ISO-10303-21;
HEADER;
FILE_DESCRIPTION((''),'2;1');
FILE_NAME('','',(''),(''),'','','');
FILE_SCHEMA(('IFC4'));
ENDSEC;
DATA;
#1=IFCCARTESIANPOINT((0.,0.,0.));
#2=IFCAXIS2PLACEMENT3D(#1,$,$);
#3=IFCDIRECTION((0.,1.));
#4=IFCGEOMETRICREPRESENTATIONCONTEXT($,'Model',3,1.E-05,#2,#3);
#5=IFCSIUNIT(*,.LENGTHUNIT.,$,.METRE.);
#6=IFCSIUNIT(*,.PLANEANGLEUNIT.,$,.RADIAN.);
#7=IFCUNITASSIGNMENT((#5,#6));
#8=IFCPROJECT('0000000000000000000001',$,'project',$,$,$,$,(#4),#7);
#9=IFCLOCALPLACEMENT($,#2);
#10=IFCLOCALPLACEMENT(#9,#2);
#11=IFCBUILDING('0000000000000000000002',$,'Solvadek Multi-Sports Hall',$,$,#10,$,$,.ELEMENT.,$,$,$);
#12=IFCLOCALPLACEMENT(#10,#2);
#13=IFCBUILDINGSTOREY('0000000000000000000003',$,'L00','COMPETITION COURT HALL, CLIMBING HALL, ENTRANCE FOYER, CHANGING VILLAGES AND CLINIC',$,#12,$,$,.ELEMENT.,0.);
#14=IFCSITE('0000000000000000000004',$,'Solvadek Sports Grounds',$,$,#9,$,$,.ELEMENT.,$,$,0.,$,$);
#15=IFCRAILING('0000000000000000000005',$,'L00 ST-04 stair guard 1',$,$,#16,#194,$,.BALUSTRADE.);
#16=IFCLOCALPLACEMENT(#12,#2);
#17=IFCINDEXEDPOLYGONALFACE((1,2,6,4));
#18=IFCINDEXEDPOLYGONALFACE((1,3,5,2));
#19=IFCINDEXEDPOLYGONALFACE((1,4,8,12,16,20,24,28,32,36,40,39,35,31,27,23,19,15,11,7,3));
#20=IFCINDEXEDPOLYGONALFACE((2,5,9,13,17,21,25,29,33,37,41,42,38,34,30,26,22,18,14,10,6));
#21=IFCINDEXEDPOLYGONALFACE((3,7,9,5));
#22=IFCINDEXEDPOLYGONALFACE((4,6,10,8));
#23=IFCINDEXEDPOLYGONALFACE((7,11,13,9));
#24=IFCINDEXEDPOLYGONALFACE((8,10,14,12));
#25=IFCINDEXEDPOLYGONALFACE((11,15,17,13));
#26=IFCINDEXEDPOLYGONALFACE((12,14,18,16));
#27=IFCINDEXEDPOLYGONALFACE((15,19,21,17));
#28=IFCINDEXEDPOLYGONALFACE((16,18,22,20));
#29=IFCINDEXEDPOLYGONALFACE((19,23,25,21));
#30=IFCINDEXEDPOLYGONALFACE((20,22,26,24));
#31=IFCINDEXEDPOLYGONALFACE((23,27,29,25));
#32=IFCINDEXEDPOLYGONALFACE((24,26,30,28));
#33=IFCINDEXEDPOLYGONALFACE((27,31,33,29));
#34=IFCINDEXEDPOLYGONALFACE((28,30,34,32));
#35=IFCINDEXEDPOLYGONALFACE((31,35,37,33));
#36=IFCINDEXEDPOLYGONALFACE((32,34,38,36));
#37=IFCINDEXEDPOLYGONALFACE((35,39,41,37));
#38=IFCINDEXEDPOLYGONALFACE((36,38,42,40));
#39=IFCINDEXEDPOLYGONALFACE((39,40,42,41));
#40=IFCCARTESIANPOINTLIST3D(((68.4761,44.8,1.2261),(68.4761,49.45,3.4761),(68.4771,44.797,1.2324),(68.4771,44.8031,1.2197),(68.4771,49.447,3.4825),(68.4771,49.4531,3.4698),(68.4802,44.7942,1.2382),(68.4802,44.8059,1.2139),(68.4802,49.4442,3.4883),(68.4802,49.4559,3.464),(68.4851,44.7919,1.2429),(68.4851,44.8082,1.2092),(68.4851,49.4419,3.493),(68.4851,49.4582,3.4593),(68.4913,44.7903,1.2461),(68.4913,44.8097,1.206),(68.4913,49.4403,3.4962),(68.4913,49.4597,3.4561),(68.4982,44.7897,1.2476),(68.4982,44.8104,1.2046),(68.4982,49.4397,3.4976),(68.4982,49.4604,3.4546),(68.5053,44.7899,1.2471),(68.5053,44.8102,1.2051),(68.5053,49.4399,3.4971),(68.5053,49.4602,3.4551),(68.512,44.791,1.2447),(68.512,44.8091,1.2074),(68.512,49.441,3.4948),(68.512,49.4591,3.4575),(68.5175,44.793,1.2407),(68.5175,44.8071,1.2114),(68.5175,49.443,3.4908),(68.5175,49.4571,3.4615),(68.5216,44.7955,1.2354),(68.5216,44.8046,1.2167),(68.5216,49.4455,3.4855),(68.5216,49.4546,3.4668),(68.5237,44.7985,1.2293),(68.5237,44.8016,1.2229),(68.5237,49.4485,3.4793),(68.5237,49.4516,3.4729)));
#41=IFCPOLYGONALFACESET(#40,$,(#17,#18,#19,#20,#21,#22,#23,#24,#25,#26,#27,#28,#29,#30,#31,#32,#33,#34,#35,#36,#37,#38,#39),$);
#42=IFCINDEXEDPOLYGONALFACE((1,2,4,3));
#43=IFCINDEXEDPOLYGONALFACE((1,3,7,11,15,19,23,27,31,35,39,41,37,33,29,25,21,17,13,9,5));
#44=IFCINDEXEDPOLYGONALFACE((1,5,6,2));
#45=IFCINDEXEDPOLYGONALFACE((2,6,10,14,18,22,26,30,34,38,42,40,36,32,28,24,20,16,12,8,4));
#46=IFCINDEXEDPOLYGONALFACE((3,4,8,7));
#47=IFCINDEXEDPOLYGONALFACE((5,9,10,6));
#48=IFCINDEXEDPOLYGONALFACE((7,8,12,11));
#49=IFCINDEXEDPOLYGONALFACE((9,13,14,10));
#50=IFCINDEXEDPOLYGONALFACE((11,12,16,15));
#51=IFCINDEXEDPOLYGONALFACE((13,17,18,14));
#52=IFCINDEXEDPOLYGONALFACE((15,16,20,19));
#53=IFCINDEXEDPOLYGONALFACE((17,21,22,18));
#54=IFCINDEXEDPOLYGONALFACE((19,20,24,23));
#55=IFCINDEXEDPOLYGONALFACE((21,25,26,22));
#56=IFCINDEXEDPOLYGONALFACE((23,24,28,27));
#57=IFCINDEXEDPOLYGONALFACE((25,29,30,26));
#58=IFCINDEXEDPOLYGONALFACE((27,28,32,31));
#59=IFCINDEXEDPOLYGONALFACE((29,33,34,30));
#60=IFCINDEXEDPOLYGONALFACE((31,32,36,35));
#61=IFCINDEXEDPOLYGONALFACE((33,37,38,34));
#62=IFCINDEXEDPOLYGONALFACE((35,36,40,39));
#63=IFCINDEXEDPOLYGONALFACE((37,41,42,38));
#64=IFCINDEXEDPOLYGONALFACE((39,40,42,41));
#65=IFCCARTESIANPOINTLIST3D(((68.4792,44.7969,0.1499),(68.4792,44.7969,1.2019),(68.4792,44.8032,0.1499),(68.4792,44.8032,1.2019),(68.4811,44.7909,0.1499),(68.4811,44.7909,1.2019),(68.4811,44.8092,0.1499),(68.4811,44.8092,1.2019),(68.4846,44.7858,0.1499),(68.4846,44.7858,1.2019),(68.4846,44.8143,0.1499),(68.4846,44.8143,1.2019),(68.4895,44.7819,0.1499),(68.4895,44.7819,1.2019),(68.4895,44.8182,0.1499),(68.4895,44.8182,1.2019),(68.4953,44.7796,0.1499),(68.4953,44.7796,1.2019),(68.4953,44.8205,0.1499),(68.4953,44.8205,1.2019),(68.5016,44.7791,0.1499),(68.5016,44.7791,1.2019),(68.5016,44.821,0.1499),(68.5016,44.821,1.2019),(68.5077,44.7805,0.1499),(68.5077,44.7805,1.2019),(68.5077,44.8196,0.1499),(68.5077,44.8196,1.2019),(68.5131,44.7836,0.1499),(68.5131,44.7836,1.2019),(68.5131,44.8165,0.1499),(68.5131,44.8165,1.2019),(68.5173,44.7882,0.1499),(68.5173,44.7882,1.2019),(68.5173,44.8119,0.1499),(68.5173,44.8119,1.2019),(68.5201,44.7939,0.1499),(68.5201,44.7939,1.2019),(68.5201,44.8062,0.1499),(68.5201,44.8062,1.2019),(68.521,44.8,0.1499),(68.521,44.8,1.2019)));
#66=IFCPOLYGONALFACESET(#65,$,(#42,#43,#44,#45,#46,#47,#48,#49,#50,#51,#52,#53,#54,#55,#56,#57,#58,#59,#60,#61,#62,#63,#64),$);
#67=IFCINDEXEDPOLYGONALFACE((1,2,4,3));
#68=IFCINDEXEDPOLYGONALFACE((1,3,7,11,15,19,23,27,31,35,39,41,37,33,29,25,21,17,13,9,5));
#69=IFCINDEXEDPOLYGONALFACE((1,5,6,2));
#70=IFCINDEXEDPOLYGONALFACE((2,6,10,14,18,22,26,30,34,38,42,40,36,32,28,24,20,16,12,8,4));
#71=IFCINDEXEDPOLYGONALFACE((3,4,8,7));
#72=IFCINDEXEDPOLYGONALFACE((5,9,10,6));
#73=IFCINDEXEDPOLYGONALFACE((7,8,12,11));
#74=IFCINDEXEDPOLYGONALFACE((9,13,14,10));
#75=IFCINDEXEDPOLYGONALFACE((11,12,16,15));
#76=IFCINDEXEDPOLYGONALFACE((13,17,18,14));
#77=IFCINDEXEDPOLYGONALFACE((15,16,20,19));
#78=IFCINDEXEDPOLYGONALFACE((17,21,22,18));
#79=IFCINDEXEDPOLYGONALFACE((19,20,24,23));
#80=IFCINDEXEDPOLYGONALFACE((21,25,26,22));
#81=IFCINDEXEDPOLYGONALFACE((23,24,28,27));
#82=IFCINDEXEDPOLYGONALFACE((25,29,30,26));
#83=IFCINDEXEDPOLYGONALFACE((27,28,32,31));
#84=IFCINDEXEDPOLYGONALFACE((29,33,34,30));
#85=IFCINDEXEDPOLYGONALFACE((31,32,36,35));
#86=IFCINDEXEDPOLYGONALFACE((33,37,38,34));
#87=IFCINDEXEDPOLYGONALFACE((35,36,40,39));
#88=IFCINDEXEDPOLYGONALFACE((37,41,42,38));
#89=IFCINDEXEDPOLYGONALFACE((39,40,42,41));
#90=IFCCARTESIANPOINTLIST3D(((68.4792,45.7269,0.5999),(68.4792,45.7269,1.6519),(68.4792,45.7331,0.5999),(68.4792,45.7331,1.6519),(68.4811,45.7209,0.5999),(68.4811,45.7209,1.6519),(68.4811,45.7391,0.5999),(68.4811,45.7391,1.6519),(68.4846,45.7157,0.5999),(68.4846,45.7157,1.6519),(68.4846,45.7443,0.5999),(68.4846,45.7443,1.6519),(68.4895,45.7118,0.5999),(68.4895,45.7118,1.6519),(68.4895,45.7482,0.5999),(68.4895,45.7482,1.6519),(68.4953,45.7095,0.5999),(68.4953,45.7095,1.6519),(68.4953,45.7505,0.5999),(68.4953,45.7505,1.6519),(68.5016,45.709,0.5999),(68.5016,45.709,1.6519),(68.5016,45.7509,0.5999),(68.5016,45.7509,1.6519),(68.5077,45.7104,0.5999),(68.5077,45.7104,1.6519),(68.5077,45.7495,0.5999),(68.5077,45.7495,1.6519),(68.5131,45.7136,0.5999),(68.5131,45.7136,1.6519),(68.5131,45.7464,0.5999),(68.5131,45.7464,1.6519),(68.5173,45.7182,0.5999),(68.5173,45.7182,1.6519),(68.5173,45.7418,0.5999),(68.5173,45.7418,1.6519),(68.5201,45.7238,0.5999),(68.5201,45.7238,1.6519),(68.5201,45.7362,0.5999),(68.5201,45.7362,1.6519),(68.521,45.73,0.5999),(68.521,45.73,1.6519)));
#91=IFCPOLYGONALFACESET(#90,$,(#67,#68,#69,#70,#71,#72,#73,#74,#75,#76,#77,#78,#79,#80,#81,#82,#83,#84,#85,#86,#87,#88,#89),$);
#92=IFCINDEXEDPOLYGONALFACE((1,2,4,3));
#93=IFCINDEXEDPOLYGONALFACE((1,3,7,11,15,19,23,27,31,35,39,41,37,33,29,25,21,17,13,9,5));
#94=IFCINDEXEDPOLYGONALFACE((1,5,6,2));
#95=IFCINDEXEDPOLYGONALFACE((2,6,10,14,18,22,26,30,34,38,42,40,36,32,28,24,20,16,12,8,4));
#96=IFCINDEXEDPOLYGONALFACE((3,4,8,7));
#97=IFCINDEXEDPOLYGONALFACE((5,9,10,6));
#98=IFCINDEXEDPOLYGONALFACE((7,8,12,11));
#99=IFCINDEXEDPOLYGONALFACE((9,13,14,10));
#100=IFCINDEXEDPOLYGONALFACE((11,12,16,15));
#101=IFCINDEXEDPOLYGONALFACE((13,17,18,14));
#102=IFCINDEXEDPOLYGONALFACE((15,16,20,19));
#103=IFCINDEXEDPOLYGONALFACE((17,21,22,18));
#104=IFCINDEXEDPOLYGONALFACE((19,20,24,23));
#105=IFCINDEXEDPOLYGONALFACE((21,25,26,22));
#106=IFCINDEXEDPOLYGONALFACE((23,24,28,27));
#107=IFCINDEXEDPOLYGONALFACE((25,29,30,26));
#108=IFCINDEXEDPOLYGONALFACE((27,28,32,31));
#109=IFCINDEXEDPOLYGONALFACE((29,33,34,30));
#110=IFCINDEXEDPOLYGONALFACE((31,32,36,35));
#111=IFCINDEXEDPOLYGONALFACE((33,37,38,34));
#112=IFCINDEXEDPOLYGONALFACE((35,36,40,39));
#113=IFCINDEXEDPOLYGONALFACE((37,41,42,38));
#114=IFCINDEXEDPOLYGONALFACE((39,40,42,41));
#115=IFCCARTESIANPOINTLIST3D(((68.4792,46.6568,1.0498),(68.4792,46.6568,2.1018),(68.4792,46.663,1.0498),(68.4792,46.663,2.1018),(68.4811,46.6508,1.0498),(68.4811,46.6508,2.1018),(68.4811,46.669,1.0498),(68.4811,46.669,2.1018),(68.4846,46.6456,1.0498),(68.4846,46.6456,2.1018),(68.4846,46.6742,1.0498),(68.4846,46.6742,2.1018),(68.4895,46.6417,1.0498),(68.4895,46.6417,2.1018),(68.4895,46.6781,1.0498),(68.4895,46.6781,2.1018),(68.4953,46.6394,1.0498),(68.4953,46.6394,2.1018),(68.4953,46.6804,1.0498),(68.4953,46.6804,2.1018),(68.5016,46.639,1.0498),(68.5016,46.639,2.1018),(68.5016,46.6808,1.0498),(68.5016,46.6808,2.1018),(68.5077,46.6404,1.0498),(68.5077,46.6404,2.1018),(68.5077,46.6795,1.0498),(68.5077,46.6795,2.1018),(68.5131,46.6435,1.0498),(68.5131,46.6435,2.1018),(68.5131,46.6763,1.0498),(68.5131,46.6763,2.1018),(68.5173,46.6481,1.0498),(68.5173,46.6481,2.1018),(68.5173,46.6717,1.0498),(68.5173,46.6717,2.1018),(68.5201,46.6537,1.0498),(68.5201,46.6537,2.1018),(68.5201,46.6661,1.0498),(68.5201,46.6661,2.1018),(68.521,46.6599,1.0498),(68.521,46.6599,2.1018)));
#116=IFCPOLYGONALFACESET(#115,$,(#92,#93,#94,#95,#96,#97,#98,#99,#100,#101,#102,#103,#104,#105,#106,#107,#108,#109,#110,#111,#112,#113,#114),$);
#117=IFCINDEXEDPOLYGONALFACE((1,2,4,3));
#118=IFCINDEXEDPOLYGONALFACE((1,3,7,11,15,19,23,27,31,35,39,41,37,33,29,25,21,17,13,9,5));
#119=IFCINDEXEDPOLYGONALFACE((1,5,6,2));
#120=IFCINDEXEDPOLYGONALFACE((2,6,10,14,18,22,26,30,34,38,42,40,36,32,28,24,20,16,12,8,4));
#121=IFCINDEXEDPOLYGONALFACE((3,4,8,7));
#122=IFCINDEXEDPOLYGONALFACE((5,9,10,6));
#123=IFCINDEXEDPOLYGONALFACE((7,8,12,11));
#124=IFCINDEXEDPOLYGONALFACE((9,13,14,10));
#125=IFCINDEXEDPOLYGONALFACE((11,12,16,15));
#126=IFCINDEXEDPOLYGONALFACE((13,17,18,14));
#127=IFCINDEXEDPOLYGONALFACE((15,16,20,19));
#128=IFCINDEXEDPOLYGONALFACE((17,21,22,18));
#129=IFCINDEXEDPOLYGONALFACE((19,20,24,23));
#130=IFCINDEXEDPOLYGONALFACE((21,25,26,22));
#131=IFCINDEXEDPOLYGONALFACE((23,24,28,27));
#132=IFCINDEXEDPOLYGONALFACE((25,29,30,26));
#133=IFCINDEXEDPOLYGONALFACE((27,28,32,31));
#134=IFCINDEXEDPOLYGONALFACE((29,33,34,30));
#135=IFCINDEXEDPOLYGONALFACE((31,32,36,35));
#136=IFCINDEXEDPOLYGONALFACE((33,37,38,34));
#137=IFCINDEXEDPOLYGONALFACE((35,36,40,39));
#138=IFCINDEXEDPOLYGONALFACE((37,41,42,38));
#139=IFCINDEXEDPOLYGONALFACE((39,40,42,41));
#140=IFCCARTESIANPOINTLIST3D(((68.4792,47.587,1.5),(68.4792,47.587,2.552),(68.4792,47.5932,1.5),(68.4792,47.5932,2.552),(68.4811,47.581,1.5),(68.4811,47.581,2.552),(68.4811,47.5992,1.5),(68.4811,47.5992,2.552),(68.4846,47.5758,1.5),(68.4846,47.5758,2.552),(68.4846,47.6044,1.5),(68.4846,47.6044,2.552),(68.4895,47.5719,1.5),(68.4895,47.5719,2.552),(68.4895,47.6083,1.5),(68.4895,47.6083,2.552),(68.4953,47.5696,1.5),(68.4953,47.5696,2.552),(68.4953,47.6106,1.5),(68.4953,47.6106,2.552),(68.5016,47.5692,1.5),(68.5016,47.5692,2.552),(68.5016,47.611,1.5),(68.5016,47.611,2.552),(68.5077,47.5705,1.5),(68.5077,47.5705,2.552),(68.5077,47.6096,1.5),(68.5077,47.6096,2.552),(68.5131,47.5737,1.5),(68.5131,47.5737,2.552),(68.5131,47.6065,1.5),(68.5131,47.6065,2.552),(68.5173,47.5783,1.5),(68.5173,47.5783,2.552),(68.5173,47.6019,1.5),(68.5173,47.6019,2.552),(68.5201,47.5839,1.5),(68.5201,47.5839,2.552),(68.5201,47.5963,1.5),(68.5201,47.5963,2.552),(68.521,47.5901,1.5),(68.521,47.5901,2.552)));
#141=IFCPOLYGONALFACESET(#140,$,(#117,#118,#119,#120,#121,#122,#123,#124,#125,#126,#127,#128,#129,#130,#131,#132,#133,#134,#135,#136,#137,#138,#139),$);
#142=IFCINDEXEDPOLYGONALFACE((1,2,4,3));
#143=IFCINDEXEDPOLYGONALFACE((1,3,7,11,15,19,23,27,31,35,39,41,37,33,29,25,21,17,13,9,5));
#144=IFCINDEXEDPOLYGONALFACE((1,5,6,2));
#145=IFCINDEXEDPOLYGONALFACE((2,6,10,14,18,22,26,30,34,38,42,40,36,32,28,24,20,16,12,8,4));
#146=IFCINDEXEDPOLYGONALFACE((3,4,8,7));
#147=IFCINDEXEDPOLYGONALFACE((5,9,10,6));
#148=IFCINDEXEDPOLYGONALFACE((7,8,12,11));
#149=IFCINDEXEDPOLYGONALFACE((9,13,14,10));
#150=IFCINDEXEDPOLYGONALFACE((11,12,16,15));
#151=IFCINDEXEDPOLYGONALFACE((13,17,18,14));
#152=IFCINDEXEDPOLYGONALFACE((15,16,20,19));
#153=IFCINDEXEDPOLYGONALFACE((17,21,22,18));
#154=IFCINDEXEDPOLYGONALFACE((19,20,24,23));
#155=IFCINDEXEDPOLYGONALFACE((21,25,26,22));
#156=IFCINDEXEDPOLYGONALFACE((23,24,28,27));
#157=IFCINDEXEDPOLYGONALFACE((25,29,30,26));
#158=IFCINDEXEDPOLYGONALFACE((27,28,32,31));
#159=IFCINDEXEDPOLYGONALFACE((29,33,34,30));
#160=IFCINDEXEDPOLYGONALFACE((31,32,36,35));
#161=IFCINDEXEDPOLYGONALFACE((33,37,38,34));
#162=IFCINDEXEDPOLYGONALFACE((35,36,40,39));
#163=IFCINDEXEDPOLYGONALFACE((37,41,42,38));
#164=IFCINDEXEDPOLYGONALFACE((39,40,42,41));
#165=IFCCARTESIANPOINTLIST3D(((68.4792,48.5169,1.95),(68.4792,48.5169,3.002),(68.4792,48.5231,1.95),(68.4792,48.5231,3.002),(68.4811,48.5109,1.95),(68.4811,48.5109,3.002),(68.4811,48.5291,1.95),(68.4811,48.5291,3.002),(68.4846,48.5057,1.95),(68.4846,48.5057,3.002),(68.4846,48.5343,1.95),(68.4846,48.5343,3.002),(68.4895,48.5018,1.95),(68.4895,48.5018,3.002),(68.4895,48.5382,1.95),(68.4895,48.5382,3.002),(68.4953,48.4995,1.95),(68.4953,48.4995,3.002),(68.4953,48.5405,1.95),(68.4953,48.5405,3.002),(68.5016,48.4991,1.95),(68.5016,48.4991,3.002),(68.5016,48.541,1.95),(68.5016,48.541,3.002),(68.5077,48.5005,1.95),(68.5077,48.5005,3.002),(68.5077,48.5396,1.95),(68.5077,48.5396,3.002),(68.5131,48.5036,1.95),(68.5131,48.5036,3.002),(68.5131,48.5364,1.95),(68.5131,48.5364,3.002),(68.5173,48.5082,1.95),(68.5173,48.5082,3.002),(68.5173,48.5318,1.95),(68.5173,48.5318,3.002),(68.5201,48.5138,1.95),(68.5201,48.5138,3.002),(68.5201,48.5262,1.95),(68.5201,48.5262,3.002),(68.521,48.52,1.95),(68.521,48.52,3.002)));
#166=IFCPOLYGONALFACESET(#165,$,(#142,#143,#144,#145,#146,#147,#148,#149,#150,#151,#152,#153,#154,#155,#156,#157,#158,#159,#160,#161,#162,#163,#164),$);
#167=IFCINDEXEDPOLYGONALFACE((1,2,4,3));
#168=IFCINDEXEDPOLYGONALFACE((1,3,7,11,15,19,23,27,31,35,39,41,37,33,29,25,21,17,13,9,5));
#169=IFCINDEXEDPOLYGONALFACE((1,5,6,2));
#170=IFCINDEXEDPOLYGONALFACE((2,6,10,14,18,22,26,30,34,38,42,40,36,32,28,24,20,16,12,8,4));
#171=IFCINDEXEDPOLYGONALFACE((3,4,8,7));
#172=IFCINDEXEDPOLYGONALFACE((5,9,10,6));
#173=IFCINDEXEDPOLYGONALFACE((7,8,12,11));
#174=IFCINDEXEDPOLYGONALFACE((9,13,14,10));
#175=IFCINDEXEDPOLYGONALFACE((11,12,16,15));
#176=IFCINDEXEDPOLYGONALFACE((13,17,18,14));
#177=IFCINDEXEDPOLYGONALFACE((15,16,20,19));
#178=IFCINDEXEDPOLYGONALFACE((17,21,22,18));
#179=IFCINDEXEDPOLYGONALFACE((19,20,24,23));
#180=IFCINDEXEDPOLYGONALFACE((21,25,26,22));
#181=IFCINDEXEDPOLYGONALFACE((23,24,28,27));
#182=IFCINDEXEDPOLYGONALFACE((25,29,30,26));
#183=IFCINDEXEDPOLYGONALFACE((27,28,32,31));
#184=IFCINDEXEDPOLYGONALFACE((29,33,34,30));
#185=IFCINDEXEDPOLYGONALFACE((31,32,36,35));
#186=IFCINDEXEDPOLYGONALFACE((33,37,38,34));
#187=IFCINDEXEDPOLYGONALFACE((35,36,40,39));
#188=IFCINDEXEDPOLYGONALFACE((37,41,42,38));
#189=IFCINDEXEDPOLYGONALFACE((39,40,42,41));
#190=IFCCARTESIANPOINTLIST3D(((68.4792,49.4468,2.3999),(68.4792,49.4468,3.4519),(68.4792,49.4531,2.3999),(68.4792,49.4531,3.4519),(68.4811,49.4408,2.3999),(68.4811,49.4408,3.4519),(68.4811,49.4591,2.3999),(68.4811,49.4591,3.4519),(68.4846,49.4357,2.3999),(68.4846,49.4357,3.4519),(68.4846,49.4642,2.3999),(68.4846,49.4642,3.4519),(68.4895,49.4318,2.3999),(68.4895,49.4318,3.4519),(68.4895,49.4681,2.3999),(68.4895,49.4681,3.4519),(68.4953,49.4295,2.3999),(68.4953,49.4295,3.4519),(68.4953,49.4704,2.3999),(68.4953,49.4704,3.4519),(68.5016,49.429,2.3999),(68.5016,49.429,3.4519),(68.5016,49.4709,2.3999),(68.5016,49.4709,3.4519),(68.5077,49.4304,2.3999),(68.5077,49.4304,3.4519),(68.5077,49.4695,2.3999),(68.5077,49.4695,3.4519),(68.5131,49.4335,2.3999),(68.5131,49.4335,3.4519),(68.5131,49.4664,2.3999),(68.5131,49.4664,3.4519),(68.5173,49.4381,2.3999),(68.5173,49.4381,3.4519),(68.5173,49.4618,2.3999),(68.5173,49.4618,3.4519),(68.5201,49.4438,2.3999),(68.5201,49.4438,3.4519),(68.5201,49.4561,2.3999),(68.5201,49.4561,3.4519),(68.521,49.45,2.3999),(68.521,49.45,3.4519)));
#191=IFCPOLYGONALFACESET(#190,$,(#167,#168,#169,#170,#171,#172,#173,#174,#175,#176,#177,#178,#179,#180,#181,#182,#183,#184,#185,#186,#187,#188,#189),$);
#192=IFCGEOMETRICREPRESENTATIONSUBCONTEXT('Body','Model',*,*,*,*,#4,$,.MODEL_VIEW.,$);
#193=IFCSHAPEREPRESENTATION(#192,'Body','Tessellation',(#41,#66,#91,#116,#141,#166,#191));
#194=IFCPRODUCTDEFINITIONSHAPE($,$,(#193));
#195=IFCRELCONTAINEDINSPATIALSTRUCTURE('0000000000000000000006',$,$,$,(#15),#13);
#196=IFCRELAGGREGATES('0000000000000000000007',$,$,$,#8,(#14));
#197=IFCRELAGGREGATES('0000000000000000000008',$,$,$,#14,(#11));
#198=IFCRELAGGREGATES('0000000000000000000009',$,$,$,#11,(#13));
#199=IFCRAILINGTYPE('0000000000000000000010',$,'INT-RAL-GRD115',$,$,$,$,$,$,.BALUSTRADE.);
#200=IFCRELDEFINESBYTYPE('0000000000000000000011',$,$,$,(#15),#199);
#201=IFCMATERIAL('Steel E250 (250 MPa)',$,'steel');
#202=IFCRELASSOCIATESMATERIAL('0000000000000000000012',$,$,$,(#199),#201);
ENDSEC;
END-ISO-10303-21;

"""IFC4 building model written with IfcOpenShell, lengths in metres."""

from ifc_helpers import new_model, si_unit, direction, frame, origin, origin_2d, place, context, subcontext, project, spatial, circle, extrude, material, type_object, element, save


model = new_model("IFC4")

# Units and contexts
model_context = context("Model", 3, precision=1e-05, world=origin(), true_north=direction((0.0, 1.0)))
body_context = subcontext(model_context, "Body", "Model", "MODEL_VIEW")
ifc_project = project(units=[si_unit("LENGTHUNIT", "METRE"), si_unit("PLANEANGLEUNIT", "RADIAN")], contexts=[model_context])

# Site, building, storey
site_placement = place(None, origin())
site = spatial("IfcSite", under=ifc_project, at=site_placement, Name="Solvadek Sports Grounds", CompositionType="ELEMENT", RefElevation=0.0)
building_placement = place(site_placement, origin())
building = spatial("IfcBuilding", under=site, at=building_placement, Name="Solvadek Multi-Sports Hall", CompositionType="ELEMENT")
storey_placement = place(building_placement, origin())
storey = spatial("IfcBuildingStorey", under=building, at=storey_placement, Name="L00", Description="COMPETITION COURT HALL, CLIMBING HALL, ENTRANCE FOYER, CHANGING VILLAGES AND CLINIC", CompositionType="ELEMENT", Elevation=0.0)

# Shared definitions
ifc_material_1 = material(Name="Steel E250 (250 MPa)", Category="steel")

# Railing
railing_type_1 = type_object("IfcRailingType", Name="INT-RAL-GRD115", PredefinedType="BALUSTRADE", material=ifc_material_1)
railing_1_placement = place(storey_placement, frame((68.5, 44.8, 0.1499)))
element("IfcRailing", 1, at=railing_1_placement, inside=storey, type_object=railing_type_1, Name="L00 ST-04 stair guard 1", PredefinedType="BALUSTRADE", context=body_context, shape_type="SweptSolid", body=[
    extrude(circle(Radius=0.0239, at=origin_2d()), frame((0.0, 0.0, 1.0762), z_axis=(0.0, 0.900156, 0.435568), x_axis=(-1.0, 0.0, 0.0)), (0.0, 0.0, 1.0), 5.1658),
    extrude(circle(Radius=0.021, at=origin_2d()), origin(), (0.0, 0.0, 1.0), 1.052),
    extrude(circle(Radius=0.021, at=origin_2d()), frame((0.0, 0.9299, 0.45)), (0.0, 0.0, 1.0), 1.052),
    extrude(circle(Radius=0.021, at=origin_2d()), frame((0.0, 1.8599, 0.8999)), (0.0, 0.0, 1.0), 1.052),
    extrude(circle(Radius=0.021, at=origin_2d()), frame((0.0, 2.79, 1.3501)), (0.0, 0.0, 1.0), 1.052),
    extrude(circle(Radius=0.021, at=origin_2d()), frame((0.0, 3.72, 1.8)), (0.0, 0.0, 1.0), 1.052),
    extrude(circle(Radius=0.021, at=origin_2d()), frame((0.0, 4.6499, 2.25)), (0.0, 0.0, 1.0), 1.052),
])

save(model, "model.ifc")
